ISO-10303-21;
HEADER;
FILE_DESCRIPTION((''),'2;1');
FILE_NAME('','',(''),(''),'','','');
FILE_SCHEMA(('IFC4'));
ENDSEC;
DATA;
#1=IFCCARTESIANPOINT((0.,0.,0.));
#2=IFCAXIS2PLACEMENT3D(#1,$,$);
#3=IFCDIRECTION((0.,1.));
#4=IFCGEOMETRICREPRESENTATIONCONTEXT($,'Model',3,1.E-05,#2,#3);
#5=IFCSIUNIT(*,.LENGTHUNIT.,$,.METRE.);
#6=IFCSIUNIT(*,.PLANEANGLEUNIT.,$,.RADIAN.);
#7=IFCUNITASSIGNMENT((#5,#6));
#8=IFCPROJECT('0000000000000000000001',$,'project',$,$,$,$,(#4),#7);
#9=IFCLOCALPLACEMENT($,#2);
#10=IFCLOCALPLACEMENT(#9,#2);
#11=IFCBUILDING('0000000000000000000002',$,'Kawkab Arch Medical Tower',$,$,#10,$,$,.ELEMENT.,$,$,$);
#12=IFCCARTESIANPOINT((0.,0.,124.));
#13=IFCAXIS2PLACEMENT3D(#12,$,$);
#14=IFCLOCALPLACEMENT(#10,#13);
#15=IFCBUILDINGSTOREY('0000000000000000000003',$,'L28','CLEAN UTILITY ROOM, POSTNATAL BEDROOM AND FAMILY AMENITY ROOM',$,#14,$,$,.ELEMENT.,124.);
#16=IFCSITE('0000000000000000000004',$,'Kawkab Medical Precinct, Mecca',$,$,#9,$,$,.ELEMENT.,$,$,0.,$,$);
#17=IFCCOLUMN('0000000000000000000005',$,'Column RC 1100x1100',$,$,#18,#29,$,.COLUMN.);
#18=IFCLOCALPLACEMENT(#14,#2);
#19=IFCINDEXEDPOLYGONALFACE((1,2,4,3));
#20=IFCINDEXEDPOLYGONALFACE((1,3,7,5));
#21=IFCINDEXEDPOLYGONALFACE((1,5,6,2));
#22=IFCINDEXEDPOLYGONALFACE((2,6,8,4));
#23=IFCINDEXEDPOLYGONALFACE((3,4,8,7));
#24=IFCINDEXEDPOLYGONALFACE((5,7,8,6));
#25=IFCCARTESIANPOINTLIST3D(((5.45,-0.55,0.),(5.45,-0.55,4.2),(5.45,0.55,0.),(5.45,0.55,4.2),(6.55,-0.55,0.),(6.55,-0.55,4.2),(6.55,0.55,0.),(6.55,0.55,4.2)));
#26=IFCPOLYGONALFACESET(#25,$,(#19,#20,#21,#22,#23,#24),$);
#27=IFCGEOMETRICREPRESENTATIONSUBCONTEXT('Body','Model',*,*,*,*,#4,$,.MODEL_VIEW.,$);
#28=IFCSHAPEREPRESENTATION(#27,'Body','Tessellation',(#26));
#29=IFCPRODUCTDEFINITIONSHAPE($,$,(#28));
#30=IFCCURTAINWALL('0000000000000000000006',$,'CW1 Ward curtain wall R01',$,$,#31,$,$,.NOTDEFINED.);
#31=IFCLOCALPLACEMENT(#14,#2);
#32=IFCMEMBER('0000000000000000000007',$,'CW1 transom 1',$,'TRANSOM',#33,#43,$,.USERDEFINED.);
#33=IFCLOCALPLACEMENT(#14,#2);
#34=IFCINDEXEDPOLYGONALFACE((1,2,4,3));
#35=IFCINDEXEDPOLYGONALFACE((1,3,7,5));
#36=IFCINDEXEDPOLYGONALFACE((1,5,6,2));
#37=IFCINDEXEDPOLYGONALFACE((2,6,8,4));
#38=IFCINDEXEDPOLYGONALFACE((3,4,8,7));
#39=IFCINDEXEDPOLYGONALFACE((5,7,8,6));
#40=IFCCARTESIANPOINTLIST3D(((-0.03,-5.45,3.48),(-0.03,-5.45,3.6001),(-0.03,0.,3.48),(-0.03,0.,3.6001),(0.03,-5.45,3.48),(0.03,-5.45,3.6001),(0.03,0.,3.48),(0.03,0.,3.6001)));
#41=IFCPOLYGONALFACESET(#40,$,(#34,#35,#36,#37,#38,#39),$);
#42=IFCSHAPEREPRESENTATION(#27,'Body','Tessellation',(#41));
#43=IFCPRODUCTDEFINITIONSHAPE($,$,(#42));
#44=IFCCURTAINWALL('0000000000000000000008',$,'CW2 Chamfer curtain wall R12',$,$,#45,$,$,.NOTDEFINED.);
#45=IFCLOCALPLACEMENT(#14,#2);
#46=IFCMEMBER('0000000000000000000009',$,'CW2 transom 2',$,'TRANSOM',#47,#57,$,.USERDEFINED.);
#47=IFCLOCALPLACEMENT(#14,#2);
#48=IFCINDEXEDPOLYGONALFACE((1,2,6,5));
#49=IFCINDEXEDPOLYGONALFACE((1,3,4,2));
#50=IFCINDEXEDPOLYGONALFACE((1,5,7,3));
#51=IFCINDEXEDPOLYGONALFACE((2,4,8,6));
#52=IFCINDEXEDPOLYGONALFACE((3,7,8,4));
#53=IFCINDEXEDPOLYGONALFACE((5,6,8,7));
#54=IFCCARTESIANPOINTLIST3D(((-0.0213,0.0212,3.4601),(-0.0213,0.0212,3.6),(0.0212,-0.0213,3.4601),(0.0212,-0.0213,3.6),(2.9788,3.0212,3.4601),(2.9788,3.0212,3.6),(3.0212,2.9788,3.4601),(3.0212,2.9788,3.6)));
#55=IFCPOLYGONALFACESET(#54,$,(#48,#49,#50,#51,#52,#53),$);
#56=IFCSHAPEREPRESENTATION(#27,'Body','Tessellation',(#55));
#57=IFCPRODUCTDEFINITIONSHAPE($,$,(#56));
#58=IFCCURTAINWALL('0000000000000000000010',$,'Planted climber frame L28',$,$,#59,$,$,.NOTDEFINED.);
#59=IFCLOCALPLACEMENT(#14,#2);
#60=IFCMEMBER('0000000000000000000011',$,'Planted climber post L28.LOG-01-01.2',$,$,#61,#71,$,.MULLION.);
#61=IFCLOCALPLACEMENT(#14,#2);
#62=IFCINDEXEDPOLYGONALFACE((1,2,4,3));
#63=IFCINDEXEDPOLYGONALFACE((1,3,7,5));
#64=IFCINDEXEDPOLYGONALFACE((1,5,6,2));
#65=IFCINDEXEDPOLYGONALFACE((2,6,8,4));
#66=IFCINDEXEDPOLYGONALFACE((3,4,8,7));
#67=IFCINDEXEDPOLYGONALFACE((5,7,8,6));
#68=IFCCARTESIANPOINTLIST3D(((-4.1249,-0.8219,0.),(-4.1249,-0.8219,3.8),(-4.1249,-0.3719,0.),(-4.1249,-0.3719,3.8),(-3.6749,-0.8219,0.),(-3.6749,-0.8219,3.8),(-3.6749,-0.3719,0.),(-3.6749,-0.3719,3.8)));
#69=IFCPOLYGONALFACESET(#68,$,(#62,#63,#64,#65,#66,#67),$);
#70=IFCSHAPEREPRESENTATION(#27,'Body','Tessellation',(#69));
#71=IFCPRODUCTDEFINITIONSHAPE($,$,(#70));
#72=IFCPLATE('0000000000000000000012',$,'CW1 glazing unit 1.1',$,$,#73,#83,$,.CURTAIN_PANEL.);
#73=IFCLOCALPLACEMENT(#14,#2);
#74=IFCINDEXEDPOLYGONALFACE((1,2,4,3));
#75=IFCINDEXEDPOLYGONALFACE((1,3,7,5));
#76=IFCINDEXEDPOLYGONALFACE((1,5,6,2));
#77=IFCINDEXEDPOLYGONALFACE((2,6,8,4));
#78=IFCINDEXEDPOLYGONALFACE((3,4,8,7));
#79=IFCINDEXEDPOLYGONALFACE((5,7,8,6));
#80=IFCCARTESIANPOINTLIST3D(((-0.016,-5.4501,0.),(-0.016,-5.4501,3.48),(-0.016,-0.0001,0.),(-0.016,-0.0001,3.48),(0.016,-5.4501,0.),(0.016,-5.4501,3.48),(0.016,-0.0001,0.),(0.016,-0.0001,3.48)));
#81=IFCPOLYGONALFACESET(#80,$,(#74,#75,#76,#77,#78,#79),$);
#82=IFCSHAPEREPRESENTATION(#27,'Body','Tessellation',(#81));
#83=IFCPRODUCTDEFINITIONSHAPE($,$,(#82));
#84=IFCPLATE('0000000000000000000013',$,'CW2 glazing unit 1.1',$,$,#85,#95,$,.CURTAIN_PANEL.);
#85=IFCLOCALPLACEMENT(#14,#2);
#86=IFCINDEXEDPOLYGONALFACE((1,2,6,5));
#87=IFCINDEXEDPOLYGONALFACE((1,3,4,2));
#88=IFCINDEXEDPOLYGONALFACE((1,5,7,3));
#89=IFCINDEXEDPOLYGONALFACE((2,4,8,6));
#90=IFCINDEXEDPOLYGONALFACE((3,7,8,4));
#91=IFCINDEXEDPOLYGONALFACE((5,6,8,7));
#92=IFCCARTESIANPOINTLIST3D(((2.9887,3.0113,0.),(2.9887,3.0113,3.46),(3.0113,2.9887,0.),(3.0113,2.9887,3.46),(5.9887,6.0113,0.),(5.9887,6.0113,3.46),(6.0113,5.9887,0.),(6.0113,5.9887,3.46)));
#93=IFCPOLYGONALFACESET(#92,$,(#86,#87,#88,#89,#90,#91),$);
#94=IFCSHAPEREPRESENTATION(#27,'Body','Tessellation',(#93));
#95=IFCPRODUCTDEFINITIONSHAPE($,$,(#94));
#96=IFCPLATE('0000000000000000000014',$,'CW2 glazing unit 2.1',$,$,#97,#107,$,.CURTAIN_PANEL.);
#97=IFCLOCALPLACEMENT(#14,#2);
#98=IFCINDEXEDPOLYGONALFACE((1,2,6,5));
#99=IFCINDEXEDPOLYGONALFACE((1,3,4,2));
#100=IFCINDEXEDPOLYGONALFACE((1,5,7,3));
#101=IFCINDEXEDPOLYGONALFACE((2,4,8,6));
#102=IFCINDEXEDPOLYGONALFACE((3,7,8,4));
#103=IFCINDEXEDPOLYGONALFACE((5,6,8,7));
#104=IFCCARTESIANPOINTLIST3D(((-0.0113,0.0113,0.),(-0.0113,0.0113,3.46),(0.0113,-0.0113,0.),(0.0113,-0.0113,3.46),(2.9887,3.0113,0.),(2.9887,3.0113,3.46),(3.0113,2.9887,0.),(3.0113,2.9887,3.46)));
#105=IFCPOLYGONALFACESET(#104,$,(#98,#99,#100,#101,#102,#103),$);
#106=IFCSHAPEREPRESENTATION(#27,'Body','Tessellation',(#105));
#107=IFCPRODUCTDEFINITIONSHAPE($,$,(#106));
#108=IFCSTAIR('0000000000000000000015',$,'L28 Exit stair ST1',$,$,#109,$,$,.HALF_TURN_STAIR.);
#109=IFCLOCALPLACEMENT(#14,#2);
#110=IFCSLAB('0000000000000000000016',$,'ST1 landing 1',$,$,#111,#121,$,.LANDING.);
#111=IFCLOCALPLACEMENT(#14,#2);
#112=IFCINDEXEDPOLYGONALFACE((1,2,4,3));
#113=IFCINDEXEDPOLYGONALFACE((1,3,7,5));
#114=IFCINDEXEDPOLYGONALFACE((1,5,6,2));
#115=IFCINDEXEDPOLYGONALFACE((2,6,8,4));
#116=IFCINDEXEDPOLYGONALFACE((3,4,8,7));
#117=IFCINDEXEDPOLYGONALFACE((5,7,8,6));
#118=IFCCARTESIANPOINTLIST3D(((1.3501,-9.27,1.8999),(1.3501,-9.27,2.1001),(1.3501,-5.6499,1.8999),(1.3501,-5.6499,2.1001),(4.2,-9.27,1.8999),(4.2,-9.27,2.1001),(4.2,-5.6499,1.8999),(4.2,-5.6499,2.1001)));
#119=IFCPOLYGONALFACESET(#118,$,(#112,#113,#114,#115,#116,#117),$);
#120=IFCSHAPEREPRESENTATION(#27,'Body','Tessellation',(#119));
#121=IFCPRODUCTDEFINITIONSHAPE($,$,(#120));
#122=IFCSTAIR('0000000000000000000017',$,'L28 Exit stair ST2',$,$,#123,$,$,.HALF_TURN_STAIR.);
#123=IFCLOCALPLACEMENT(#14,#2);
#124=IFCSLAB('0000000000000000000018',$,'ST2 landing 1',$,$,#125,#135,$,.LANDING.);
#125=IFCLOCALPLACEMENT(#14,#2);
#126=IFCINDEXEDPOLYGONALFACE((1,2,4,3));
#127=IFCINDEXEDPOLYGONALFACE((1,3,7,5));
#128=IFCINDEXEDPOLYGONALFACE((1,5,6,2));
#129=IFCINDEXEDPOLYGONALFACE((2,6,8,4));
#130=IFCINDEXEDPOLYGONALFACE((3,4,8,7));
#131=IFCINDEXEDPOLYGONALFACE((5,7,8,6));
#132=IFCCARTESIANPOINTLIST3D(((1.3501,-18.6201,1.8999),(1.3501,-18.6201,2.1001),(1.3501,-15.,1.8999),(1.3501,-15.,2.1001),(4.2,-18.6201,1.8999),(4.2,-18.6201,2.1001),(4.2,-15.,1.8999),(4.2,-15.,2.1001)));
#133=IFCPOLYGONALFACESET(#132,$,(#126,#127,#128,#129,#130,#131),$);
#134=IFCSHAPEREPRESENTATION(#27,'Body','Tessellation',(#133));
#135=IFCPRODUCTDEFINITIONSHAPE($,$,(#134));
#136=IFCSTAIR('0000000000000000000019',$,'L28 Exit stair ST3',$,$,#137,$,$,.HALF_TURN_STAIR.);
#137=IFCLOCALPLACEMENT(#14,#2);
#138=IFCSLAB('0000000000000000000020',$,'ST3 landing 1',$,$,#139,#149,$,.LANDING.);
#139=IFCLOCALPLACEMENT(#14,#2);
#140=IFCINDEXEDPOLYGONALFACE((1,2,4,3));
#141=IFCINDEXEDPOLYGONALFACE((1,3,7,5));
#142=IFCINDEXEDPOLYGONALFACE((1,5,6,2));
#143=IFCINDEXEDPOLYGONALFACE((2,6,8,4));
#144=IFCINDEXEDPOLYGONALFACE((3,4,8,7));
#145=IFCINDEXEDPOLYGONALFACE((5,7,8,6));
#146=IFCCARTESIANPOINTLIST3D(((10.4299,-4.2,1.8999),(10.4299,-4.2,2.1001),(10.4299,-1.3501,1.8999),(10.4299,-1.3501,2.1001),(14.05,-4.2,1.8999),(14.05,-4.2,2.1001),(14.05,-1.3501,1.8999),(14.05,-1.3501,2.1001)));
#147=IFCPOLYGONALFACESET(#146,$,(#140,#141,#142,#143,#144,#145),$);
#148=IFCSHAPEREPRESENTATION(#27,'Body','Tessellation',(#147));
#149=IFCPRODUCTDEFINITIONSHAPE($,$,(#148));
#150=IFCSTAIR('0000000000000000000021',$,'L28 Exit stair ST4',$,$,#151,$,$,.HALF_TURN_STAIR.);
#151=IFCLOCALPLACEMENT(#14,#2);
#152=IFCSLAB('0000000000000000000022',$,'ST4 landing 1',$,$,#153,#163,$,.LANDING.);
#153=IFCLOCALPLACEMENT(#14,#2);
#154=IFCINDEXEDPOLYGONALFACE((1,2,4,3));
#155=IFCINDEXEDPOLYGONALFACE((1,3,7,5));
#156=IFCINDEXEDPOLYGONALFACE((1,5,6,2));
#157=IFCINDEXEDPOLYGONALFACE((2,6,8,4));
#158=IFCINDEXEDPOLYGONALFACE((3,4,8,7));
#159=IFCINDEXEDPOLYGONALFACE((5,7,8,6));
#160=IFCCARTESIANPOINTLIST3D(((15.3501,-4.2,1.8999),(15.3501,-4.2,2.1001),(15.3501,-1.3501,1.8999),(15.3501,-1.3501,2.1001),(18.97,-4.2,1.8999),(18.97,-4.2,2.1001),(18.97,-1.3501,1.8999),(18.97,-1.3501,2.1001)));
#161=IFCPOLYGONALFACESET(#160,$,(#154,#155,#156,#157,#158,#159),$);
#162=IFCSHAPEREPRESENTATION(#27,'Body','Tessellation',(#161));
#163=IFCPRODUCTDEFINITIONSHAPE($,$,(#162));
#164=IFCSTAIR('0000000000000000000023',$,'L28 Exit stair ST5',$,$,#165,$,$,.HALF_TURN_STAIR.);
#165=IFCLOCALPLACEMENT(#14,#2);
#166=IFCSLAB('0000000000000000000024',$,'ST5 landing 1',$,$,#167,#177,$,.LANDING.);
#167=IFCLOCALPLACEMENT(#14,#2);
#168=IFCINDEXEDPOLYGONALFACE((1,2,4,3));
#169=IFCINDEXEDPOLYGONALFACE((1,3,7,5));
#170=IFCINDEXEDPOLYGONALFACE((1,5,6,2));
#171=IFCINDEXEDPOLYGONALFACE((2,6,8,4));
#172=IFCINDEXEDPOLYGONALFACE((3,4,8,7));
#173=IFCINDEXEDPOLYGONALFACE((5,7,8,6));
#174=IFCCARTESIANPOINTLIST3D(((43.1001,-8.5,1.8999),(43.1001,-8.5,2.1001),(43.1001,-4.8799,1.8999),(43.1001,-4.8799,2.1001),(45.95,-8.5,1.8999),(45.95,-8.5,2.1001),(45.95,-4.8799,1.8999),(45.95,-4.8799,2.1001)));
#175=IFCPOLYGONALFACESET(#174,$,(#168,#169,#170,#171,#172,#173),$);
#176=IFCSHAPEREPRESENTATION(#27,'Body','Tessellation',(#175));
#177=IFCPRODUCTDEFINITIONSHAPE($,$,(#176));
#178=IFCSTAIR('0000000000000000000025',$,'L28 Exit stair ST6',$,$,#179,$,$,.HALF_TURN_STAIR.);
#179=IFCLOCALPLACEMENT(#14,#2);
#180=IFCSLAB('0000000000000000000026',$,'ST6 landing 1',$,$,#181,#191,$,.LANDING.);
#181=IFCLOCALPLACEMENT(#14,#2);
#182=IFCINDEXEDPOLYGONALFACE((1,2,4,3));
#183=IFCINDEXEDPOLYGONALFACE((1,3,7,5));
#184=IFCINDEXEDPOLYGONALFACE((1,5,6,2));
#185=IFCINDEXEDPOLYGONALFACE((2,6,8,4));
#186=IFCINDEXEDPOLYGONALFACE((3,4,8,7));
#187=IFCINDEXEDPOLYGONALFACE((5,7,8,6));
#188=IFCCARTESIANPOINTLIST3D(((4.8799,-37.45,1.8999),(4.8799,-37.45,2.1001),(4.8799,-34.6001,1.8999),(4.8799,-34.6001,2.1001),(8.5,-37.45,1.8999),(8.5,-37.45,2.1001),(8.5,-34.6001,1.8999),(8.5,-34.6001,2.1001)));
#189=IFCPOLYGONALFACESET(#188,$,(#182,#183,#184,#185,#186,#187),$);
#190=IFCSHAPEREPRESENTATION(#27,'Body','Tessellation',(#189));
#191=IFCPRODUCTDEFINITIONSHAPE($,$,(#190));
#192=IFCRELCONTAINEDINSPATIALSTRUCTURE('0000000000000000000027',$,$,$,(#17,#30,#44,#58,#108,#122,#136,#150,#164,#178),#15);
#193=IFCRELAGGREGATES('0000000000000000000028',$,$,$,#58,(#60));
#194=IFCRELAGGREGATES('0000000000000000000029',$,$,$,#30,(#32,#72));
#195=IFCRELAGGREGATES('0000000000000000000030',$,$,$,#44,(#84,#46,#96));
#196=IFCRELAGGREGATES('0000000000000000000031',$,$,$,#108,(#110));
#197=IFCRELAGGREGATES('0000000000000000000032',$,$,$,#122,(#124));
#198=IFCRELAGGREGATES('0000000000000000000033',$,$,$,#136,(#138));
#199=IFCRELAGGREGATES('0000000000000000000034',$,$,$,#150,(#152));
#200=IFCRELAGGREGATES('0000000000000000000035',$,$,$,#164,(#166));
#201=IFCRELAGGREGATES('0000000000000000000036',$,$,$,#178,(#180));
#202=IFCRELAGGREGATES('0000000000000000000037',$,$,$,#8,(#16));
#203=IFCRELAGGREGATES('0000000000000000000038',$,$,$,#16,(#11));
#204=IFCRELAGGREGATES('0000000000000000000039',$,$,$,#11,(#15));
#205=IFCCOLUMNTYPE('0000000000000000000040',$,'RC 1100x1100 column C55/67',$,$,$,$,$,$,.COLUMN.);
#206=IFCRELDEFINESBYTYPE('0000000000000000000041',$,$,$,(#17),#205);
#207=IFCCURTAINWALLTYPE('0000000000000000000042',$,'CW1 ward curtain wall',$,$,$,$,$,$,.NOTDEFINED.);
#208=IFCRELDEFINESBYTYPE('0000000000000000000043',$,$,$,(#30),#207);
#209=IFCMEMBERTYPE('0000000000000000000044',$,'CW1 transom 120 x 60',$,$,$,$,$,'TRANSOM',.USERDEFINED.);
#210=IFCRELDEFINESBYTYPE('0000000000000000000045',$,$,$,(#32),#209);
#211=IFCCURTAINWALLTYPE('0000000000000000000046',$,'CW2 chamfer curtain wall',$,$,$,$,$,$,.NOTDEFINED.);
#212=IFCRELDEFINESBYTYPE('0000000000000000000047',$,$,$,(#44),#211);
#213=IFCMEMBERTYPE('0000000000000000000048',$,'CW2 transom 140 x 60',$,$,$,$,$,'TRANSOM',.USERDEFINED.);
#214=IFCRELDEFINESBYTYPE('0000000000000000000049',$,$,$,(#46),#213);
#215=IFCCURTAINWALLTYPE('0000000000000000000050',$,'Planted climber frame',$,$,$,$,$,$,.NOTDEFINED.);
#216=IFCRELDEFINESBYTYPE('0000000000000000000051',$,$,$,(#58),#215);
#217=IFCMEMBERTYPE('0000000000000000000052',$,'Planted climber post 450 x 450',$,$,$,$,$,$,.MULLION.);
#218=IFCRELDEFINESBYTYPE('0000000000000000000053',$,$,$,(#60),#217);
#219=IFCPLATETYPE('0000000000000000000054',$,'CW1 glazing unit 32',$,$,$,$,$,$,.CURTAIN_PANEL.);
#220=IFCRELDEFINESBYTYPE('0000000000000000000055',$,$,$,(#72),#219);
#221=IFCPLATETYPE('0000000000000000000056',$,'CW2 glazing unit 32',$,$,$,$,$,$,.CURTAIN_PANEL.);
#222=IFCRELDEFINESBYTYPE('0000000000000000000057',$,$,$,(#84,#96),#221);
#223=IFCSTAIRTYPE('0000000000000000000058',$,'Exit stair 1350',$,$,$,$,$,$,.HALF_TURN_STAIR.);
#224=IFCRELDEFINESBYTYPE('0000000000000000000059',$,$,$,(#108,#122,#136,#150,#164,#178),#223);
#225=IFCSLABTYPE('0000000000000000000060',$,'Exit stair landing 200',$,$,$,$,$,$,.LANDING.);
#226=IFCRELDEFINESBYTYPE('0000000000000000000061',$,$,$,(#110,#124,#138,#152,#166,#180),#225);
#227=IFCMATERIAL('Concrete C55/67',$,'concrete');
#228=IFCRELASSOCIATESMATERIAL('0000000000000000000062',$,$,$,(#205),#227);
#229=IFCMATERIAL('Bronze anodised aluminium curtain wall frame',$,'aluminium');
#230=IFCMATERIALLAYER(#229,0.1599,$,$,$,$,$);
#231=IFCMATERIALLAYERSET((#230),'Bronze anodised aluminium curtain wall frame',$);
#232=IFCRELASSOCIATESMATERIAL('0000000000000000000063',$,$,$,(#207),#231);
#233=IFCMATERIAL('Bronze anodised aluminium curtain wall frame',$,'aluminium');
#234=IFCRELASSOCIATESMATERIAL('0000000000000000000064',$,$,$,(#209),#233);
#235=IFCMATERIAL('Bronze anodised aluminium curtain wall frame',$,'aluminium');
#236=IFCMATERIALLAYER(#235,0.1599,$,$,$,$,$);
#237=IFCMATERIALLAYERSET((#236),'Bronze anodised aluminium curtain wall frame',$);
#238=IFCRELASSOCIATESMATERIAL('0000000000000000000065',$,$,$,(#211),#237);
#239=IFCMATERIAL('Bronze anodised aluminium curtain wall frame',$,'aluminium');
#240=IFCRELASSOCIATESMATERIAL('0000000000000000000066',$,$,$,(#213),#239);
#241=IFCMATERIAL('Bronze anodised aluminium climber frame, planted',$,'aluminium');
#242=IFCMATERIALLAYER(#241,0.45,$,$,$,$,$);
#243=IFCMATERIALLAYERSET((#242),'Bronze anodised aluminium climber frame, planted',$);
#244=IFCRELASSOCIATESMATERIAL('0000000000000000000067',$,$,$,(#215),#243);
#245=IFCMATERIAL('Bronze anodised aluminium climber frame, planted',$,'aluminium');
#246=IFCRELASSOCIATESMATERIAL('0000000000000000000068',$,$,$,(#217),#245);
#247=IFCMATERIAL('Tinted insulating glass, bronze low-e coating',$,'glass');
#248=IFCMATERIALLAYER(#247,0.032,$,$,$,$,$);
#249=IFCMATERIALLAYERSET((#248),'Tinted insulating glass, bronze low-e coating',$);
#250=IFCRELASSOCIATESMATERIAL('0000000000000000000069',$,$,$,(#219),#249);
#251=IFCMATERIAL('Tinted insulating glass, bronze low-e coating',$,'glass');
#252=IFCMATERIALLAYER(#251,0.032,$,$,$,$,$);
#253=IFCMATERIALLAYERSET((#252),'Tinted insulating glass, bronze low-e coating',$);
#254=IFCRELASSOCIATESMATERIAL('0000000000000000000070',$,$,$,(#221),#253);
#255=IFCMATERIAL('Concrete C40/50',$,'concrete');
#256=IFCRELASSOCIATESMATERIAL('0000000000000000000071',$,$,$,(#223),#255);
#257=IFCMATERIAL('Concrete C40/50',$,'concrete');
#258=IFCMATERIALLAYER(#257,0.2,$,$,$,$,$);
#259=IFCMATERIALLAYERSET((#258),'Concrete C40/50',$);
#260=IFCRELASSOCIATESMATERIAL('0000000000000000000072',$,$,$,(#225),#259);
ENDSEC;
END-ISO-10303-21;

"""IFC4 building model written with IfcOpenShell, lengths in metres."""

from ifc_helpers import new_model, si_unit, direction, frame, origin, origin_2d, place, context, subcontext, project, spatial, polyline, rectangle, outline, extrude, material, layer, layer_set, material_profile, profile_set, type_object, element, aggregate, save


model = new_model("IFC4")

# Units and contexts
model_context = context("Model", 3, precision=1e-05, world=origin(), true_north=direction((0.0, 1.0)))
body_context = subcontext(model_context, "Body", "Model", "MODEL_VIEW")
ifc_project = project(units=[si_unit("LENGTHUNIT", "METRE"), si_unit("PLANEANGLEUNIT", "RADIAN")], contexts=[model_context])

# Site, building, storey
site_placement = place(None, origin())
site = spatial("IfcSite", under=ifc_project, at=site_placement, Name="Kawkab Medical Precinct, Mecca", CompositionType="ELEMENT", RefElevation=0.0)
building_placement = place(site_placement, origin())
building = spatial("IfcBuilding", under=site, at=building_placement, Name="Kawkab Arch Medical Tower", CompositionType="ELEMENT")
storey_placement = place(building_placement, frame((0.0, 0.0, 124.0)))
storey = spatial("IfcBuildingStorey", under=building, at=storey_placement, Name="L28", Description="CLEAN UTILITY ROOM, POSTNATAL BEDROOM AND FAMILY AMENITY ROOM", CompositionType="ELEMENT", Elevation=124.0)

# Column
ifc_material_1 = material(Name="Concrete C55/67", Category="concrete")
ifc_material_profile_1 = material_profile(ifc_material_1, rectangle(XDim=1.1001, YDim=1.1001, at=origin_2d()), Name="RC 1100x1100")
ifc_profile_set_1 = profile_set([ifc_material_profile_1], Name="Concrete C55/67")
column_type = type_object("IfcColumnType", Name="RC 1100x1100 column C55/67", PredefinedType="COLUMN", material=ifc_profile_set_1)
column_placement = place(storey_placement, frame((6.0, 0.0, 0.0), z_axis=(0.0, 0.0, 1.0), x_axis=(1.0, 0.0, 0.0)))
element("IfcColumn", 1, at=column_placement, inside=storey, type_object=column_type, Name="Column RC 1100x1100", PredefinedType="COLUMN", context=body_context, shape_type="SweptSolid", body=[
    extrude(rectangle(XDim=1.1001, YDim=1.1001, at=origin_2d()), origin(), (0.0, 0.0, 1.0), 4.2),
])

# Curtain walls, members
ifc_material_2 = material(Name="Bronze anodised aluminium curtain wall frame", Category="aluminium")
ifc_layer_1 = layer(ifc_material_2, 0.1599)
ifc_layer_set_1 = layer_set([ifc_layer_1], Name="Bronze anodised aluminium curtain wall frame")
curtain_wall_type_1 = type_object("IfcCurtainWallType", Name="CW1 ward curtain wall", PredefinedType="NOTDEFINED", material=ifc_layer_set_1)
placement_1 = place(storey_placement, origin())
curtain_wall_1 = element("IfcCurtainWall", 2, at=placement_1, inside=storey, type_object=curtain_wall_type_1, Name="CW1 Ward curtain wall R01", PredefinedType="NOTDEFINED")
ifc_material_3 = material(Name="Bronze anodised aluminium curtain wall frame", Category="aluminium")
ifc_material_profile_2 = material_profile(ifc_material_3, rectangle(XDim=0.0601, YDim=0.1201, at=origin_2d()), Name="AL 60x120")
ifc_profile_set_2 = profile_set([ifc_material_profile_2], Name="Bronze anodised aluminium curtain wall frame")
member_type_1 = type_object("IfcMemberType", Name="CW1 transom 120 x 60", ElementType="TRANSOM", PredefinedType="USERDEFINED", material=ifc_profile_set_2)
member_1_placement = place(storey_placement, frame((0.0, 0.0, 3.54), z_axis=(0.0, -1.0, 0.0), x_axis=(1.0, 0.0, 0.0)))
member_1 = element("IfcMember", 3, at=member_1_placement, type_object=member_type_1, Name="CW1 transom 1", ObjectType="TRANSOM", PredefinedType="USERDEFINED", context=body_context, shape_type="SweptSolid", body=[
    extrude(rectangle(XDim=0.0601, YDim=0.1201, at=origin_2d()), origin(), (0.0, 0.0, 1.0), 5.45),
])
ifc_material_4 = material(Name="Bronze anodised aluminium curtain wall frame", Category="aluminium")
ifc_layer_2 = layer(ifc_material_4, 0.1599)
ifc_layer_set_2 = layer_set([ifc_layer_2], Name="Bronze anodised aluminium curtain wall frame")
curtain_wall_type_2 = type_object("IfcCurtainWallType", Name="CW2 chamfer curtain wall", PredefinedType="NOTDEFINED", material=ifc_layer_set_2)
curtain_wall_2 = element("IfcCurtainWall", 4, at=placement_1, inside=storey, type_object=curtain_wall_type_2, Name="CW2 Chamfer curtain wall R12", PredefinedType="NOTDEFINED")
ifc_material_5 = material(Name="Bronze anodised aluminium curtain wall frame", Category="aluminium")
ifc_material_profile_3 = material_profile(ifc_material_5, rectangle(XDim=0.0601, YDim=0.1399, at=origin_2d()), Name="AL 60x140")
ifc_profile_set_3 = profile_set([ifc_material_profile_3], Name="Bronze anodised aluminium curtain wall frame")
member_type_2 = type_object("IfcMemberType", Name="CW2 transom 140 x 60", ElementType="TRANSOM", PredefinedType="USERDEFINED", material=ifc_profile_set_3)
member_2_placement = place(storey_placement, frame((3.0, 3.0, 3.53), z_axis=(-0.707107, -0.707107, 0.0), x_axis=(0.707107, -0.707107, 0.0)))
member_2 = element("IfcMember", 5, at=member_2_placement, type_object=member_type_2, Name="CW2 transom 2", ObjectType="TRANSOM", PredefinedType="USERDEFINED", context=body_context, shape_type="SweptSolid", body=[
    extrude(rectangle(XDim=0.0601, YDim=0.1399, at=origin_2d()), origin(), (0.0, 0.0, 1.0), 4.2427),
])
ifc_material_6 = material(Name="Bronze anodised aluminium climber frame, planted", Category="aluminium")
ifc_layer_3 = layer(ifc_material_6, 0.45)
ifc_layer_set_3 = layer_set([ifc_layer_3], Name="Bronze anodised aluminium climber frame, planted")
curtain_wall_type_3 = type_object("IfcCurtainWallType", Name="Planted climber frame", PredefinedType="NOTDEFINED", material=ifc_layer_set_3)
curtain_wall_3 = element("IfcCurtainWall", 6, at=placement_1, inside=storey, type_object=curtain_wall_type_3, Name="Planted climber frame L28", PredefinedType="NOTDEFINED")
ifc_material_7 = material(Name="Bronze anodised aluminium climber frame, planted", Category="aluminium")
ifc_material_profile_4 = material_profile(ifc_material_7, rectangle(XDim=0.45, YDim=0.45, at=origin_2d()), Name="Post 450x450")
ifc_profile_set_4 = profile_set([ifc_material_profile_4], Name="Bronze anodised aluminium climber frame, planted")
member_type_3 = type_object("IfcMemberType", Name="Planted climber post 450 x 450", PredefinedType="MULLION", material=ifc_profile_set_4)
member_3_placement = place(storey_placement, frame((-3.8999, -0.5969, 0.0), z_axis=(0.0, 0.0, 1.0), x_axis=(1.0, 0.0, 0.0)))
member_3 = element("IfcMember", 7, at=member_3_placement, type_object=member_type_3, Name="Planted climber post L28.LOG-01-01.2", PredefinedType="MULLION", context=body_context, shape_type="SweptSolid", body=[
    extrude(rectangle(XDim=0.45, YDim=0.45, at=origin_2d()), origin(), (0.0, 0.0, 1.0), 3.8),
])
aggregate(curtain_wall_3, [member_3])

# Plates
ifc_material_8 = material(Name="Tinted insulating glass, bronze low-e coating", Category="glass")
ifc_layer_4 = layer(ifc_material_8, 0.032)
ifc_layer_set_4 = layer_set([ifc_layer_4], Name="Tinted insulating glass, bronze low-e coating")
plate_type_1 = type_object("IfcPlateType", Name="CW1 glazing unit 32", PredefinedType="CURTAIN_PANEL", material=ifc_layer_set_4)
plate_1_placement = place(storey_placement, frame((0.0, -2.7251, 0.0), z_axis=(0.0, 0.0, 1.0), x_axis=(0.0, -1.0, 0.0)))
plate_1 = element("IfcPlate", 8, at=plate_1_placement, type_object=plate_type_1, Name="CW1 glazing unit 1.1", PredefinedType="CURTAIN_PANEL", context=body_context, shape_type="SweptSolid", body=[
    extrude(rectangle(XDim=5.45, YDim=0.032, at=origin_2d()), origin(), (0.0, 0.0, 1.0), 3.48),
])
aggregate(curtain_wall_1, [member_1, plate_1])
ifc_material_9 = material(Name="Tinted insulating glass, bronze low-e coating", Category="glass")
ifc_layer_5 = layer(ifc_material_9, 0.032)
ifc_layer_set_5 = layer_set([ifc_layer_5], Name="Tinted insulating glass, bronze low-e coating")
plate_type_2 = type_object("IfcPlateType", Name="CW2 glazing unit 32", PredefinedType="CURTAIN_PANEL", material=ifc_layer_set_5)
plate_2_placement = place(storey_placement, frame((4.5, 4.5, 0.0), z_axis=(0.0, 0.0, 1.0), x_axis=(-0.707107, -0.707107, 0.0)))
plate_2 = element("IfcPlate", 9, at=plate_2_placement, type_object=plate_type_2, Name="CW2 glazing unit 1.1", PredefinedType="CURTAIN_PANEL", context=body_context, shape_type="SweptSolid", body=[
    extrude(rectangle(XDim=4.2427, YDim=0.032, at=origin_2d()), origin(), (0.0, 0.0, 1.0), 3.46),
])
plate_3_placement = place(storey_placement, frame((1.5, 1.5, 0.0), z_axis=(0.0, 0.0, 1.0), x_axis=(-0.707107, -0.707107, 0.0)))
plate_3 = element("IfcPlate", 10, at=plate_3_placement, type_object=plate_type_2, Name="CW2 glazing unit 2.1", PredefinedType="CURTAIN_PANEL", context=body_context, shape_type="SweptSolid", body=[
    extrude(rectangle(XDim=4.2427, YDim=0.032, at=origin_2d()), origin(), (0.0, 0.0, 1.0), 3.46),
])
aggregate(curtain_wall_2, [plate_2, member_2, plate_3])

# Stairs, slabs
ifc_material_10 = material(Name="Concrete C40/50", Category="concrete")
stair_type = type_object("IfcStairType", Name="Exit stair 1350", PredefinedType="HALF_TURN_STAIR", material=ifc_material_10)
stair_1 = element("IfcStair", 11, at=placement_1, inside=storey, type_object=stair_type, Name="L28 Exit stair ST1", PredefinedType="HALF_TURN_STAIR")
ifc_material_11 = material(Name="Concrete C40/50", Category="concrete")
ifc_layer_6 = layer(ifc_material_11, 0.2)
ifc_layer_set_6 = layer_set([ifc_layer_6], Name="Concrete C40/50")
slab_type_1 = type_object("IfcSlabType", Name="Exit stair landing 200", PredefinedType="LANDING", material=ifc_layer_set_6)
placement_2 = place(storey_placement, frame((0.0, 0.0, 1.8999)))
slab_1 = element("IfcSlab", 12, at=placement_2, type_object=slab_type_1, Name="ST1 landing 1", PredefinedType="LANDING", context=body_context, shape_type="SweptSolid", body=[
    extrude(outline(polyline([(4.2, -9.27), (4.2, -5.6499), (1.3501, -5.6499), (1.3501, -9.27), (4.2, -9.27)])), origin(), (0.0, 0.0, 1.0), 0.2002),
])
aggregate(stair_1, [slab_1])
stair_2 = element("IfcStair", 13, at=placement_1, inside=storey, type_object=stair_type, Name="L28 Exit stair ST2", PredefinedType="HALF_TURN_STAIR")
slab_2 = element("IfcSlab", 14, at=placement_2, type_object=slab_type_1, Name="ST2 landing 1", PredefinedType="LANDING", context=body_context, shape_type="SweptSolid", body=[
    extrude(outline(polyline([(4.2, -18.6201), (4.2, -15.0), (1.3501, -15.0), (1.3501, -18.6201), (4.2, -18.6201)])), origin(), (0.0, 0.0, 1.0), 0.2002),
])
aggregate(stair_2, [slab_2])
stair_3 = element("IfcStair", 15, at=placement_1, inside=storey, type_object=stair_type, Name="L28 Exit stair ST3", PredefinedType="HALF_TURN_STAIR")
slab_3 = element("IfcSlab", 16, at=placement_2, type_object=slab_type_1, Name="ST3 landing 1", PredefinedType="LANDING", context=body_context, shape_type="SweptSolid", body=[
    extrude(outline(polyline([(10.4299, -4.2), (14.05, -4.2), (14.05, -1.3501), (10.4299, -1.3501), (10.4299, -4.2)])), origin(), (0.0, 0.0, 1.0), 0.2002),
])
aggregate(stair_3, [slab_3])
stair_4 = element("IfcStair", 17, at=placement_1, inside=storey, type_object=stair_type, Name="L28 Exit stair ST4", PredefinedType="HALF_TURN_STAIR")
slab_4 = element("IfcSlab", 18, at=placement_2, type_object=slab_type_1, Name="ST4 landing 1", PredefinedType="LANDING", context=body_context, shape_type="SweptSolid", body=[
    extrude(outline(polyline([(18.97, -1.3501), (15.3501, -1.3501), (15.3501, -4.2), (18.97, -4.2), (18.97, -1.3501)])), origin(), (0.0, 0.0, 1.0), 0.2002),
])
aggregate(stair_4, [slab_4])
stair_5 = element("IfcStair", 19, at=placement_1, inside=storey, type_object=stair_type, Name="L28 Exit stair ST5", PredefinedType="HALF_TURN_STAIR")
slab_5 = element("IfcSlab", 20, at=placement_2, type_object=slab_type_1, Name="ST5 landing 1", PredefinedType="LANDING", context=body_context, shape_type="SweptSolid", body=[
    extrude(outline(polyline([(43.1001, -4.8799), (43.1001, -8.5), (45.95, -8.5), (45.95, -4.8799), (43.1001, -4.8799)])), origin(), (0.0, 0.0, 1.0), 0.2002),
])
aggregate(stair_5, [slab_5])
stair_6 = element("IfcStair", 21, at=placement_1, inside=storey, type_object=stair_type, Name="L28 Exit stair ST6", PredefinedType="HALF_TURN_STAIR")
slab_6 = element("IfcSlab", 22, at=placement_2, type_object=slab_type_1, Name="ST6 landing 1", PredefinedType="LANDING", context=body_context, shape_type="SweptSolid", body=[
    extrude(outline(polyline([(4.8799, -37.45), (8.5, -37.45), (8.5, -34.6001), (4.8799, -34.6001), (4.8799, -37.45)])), origin(), (0.0, 0.0, 1.0), 0.2002),
])
aggregate(stair_6, [slab_6])

save(model, "model.ifc")
